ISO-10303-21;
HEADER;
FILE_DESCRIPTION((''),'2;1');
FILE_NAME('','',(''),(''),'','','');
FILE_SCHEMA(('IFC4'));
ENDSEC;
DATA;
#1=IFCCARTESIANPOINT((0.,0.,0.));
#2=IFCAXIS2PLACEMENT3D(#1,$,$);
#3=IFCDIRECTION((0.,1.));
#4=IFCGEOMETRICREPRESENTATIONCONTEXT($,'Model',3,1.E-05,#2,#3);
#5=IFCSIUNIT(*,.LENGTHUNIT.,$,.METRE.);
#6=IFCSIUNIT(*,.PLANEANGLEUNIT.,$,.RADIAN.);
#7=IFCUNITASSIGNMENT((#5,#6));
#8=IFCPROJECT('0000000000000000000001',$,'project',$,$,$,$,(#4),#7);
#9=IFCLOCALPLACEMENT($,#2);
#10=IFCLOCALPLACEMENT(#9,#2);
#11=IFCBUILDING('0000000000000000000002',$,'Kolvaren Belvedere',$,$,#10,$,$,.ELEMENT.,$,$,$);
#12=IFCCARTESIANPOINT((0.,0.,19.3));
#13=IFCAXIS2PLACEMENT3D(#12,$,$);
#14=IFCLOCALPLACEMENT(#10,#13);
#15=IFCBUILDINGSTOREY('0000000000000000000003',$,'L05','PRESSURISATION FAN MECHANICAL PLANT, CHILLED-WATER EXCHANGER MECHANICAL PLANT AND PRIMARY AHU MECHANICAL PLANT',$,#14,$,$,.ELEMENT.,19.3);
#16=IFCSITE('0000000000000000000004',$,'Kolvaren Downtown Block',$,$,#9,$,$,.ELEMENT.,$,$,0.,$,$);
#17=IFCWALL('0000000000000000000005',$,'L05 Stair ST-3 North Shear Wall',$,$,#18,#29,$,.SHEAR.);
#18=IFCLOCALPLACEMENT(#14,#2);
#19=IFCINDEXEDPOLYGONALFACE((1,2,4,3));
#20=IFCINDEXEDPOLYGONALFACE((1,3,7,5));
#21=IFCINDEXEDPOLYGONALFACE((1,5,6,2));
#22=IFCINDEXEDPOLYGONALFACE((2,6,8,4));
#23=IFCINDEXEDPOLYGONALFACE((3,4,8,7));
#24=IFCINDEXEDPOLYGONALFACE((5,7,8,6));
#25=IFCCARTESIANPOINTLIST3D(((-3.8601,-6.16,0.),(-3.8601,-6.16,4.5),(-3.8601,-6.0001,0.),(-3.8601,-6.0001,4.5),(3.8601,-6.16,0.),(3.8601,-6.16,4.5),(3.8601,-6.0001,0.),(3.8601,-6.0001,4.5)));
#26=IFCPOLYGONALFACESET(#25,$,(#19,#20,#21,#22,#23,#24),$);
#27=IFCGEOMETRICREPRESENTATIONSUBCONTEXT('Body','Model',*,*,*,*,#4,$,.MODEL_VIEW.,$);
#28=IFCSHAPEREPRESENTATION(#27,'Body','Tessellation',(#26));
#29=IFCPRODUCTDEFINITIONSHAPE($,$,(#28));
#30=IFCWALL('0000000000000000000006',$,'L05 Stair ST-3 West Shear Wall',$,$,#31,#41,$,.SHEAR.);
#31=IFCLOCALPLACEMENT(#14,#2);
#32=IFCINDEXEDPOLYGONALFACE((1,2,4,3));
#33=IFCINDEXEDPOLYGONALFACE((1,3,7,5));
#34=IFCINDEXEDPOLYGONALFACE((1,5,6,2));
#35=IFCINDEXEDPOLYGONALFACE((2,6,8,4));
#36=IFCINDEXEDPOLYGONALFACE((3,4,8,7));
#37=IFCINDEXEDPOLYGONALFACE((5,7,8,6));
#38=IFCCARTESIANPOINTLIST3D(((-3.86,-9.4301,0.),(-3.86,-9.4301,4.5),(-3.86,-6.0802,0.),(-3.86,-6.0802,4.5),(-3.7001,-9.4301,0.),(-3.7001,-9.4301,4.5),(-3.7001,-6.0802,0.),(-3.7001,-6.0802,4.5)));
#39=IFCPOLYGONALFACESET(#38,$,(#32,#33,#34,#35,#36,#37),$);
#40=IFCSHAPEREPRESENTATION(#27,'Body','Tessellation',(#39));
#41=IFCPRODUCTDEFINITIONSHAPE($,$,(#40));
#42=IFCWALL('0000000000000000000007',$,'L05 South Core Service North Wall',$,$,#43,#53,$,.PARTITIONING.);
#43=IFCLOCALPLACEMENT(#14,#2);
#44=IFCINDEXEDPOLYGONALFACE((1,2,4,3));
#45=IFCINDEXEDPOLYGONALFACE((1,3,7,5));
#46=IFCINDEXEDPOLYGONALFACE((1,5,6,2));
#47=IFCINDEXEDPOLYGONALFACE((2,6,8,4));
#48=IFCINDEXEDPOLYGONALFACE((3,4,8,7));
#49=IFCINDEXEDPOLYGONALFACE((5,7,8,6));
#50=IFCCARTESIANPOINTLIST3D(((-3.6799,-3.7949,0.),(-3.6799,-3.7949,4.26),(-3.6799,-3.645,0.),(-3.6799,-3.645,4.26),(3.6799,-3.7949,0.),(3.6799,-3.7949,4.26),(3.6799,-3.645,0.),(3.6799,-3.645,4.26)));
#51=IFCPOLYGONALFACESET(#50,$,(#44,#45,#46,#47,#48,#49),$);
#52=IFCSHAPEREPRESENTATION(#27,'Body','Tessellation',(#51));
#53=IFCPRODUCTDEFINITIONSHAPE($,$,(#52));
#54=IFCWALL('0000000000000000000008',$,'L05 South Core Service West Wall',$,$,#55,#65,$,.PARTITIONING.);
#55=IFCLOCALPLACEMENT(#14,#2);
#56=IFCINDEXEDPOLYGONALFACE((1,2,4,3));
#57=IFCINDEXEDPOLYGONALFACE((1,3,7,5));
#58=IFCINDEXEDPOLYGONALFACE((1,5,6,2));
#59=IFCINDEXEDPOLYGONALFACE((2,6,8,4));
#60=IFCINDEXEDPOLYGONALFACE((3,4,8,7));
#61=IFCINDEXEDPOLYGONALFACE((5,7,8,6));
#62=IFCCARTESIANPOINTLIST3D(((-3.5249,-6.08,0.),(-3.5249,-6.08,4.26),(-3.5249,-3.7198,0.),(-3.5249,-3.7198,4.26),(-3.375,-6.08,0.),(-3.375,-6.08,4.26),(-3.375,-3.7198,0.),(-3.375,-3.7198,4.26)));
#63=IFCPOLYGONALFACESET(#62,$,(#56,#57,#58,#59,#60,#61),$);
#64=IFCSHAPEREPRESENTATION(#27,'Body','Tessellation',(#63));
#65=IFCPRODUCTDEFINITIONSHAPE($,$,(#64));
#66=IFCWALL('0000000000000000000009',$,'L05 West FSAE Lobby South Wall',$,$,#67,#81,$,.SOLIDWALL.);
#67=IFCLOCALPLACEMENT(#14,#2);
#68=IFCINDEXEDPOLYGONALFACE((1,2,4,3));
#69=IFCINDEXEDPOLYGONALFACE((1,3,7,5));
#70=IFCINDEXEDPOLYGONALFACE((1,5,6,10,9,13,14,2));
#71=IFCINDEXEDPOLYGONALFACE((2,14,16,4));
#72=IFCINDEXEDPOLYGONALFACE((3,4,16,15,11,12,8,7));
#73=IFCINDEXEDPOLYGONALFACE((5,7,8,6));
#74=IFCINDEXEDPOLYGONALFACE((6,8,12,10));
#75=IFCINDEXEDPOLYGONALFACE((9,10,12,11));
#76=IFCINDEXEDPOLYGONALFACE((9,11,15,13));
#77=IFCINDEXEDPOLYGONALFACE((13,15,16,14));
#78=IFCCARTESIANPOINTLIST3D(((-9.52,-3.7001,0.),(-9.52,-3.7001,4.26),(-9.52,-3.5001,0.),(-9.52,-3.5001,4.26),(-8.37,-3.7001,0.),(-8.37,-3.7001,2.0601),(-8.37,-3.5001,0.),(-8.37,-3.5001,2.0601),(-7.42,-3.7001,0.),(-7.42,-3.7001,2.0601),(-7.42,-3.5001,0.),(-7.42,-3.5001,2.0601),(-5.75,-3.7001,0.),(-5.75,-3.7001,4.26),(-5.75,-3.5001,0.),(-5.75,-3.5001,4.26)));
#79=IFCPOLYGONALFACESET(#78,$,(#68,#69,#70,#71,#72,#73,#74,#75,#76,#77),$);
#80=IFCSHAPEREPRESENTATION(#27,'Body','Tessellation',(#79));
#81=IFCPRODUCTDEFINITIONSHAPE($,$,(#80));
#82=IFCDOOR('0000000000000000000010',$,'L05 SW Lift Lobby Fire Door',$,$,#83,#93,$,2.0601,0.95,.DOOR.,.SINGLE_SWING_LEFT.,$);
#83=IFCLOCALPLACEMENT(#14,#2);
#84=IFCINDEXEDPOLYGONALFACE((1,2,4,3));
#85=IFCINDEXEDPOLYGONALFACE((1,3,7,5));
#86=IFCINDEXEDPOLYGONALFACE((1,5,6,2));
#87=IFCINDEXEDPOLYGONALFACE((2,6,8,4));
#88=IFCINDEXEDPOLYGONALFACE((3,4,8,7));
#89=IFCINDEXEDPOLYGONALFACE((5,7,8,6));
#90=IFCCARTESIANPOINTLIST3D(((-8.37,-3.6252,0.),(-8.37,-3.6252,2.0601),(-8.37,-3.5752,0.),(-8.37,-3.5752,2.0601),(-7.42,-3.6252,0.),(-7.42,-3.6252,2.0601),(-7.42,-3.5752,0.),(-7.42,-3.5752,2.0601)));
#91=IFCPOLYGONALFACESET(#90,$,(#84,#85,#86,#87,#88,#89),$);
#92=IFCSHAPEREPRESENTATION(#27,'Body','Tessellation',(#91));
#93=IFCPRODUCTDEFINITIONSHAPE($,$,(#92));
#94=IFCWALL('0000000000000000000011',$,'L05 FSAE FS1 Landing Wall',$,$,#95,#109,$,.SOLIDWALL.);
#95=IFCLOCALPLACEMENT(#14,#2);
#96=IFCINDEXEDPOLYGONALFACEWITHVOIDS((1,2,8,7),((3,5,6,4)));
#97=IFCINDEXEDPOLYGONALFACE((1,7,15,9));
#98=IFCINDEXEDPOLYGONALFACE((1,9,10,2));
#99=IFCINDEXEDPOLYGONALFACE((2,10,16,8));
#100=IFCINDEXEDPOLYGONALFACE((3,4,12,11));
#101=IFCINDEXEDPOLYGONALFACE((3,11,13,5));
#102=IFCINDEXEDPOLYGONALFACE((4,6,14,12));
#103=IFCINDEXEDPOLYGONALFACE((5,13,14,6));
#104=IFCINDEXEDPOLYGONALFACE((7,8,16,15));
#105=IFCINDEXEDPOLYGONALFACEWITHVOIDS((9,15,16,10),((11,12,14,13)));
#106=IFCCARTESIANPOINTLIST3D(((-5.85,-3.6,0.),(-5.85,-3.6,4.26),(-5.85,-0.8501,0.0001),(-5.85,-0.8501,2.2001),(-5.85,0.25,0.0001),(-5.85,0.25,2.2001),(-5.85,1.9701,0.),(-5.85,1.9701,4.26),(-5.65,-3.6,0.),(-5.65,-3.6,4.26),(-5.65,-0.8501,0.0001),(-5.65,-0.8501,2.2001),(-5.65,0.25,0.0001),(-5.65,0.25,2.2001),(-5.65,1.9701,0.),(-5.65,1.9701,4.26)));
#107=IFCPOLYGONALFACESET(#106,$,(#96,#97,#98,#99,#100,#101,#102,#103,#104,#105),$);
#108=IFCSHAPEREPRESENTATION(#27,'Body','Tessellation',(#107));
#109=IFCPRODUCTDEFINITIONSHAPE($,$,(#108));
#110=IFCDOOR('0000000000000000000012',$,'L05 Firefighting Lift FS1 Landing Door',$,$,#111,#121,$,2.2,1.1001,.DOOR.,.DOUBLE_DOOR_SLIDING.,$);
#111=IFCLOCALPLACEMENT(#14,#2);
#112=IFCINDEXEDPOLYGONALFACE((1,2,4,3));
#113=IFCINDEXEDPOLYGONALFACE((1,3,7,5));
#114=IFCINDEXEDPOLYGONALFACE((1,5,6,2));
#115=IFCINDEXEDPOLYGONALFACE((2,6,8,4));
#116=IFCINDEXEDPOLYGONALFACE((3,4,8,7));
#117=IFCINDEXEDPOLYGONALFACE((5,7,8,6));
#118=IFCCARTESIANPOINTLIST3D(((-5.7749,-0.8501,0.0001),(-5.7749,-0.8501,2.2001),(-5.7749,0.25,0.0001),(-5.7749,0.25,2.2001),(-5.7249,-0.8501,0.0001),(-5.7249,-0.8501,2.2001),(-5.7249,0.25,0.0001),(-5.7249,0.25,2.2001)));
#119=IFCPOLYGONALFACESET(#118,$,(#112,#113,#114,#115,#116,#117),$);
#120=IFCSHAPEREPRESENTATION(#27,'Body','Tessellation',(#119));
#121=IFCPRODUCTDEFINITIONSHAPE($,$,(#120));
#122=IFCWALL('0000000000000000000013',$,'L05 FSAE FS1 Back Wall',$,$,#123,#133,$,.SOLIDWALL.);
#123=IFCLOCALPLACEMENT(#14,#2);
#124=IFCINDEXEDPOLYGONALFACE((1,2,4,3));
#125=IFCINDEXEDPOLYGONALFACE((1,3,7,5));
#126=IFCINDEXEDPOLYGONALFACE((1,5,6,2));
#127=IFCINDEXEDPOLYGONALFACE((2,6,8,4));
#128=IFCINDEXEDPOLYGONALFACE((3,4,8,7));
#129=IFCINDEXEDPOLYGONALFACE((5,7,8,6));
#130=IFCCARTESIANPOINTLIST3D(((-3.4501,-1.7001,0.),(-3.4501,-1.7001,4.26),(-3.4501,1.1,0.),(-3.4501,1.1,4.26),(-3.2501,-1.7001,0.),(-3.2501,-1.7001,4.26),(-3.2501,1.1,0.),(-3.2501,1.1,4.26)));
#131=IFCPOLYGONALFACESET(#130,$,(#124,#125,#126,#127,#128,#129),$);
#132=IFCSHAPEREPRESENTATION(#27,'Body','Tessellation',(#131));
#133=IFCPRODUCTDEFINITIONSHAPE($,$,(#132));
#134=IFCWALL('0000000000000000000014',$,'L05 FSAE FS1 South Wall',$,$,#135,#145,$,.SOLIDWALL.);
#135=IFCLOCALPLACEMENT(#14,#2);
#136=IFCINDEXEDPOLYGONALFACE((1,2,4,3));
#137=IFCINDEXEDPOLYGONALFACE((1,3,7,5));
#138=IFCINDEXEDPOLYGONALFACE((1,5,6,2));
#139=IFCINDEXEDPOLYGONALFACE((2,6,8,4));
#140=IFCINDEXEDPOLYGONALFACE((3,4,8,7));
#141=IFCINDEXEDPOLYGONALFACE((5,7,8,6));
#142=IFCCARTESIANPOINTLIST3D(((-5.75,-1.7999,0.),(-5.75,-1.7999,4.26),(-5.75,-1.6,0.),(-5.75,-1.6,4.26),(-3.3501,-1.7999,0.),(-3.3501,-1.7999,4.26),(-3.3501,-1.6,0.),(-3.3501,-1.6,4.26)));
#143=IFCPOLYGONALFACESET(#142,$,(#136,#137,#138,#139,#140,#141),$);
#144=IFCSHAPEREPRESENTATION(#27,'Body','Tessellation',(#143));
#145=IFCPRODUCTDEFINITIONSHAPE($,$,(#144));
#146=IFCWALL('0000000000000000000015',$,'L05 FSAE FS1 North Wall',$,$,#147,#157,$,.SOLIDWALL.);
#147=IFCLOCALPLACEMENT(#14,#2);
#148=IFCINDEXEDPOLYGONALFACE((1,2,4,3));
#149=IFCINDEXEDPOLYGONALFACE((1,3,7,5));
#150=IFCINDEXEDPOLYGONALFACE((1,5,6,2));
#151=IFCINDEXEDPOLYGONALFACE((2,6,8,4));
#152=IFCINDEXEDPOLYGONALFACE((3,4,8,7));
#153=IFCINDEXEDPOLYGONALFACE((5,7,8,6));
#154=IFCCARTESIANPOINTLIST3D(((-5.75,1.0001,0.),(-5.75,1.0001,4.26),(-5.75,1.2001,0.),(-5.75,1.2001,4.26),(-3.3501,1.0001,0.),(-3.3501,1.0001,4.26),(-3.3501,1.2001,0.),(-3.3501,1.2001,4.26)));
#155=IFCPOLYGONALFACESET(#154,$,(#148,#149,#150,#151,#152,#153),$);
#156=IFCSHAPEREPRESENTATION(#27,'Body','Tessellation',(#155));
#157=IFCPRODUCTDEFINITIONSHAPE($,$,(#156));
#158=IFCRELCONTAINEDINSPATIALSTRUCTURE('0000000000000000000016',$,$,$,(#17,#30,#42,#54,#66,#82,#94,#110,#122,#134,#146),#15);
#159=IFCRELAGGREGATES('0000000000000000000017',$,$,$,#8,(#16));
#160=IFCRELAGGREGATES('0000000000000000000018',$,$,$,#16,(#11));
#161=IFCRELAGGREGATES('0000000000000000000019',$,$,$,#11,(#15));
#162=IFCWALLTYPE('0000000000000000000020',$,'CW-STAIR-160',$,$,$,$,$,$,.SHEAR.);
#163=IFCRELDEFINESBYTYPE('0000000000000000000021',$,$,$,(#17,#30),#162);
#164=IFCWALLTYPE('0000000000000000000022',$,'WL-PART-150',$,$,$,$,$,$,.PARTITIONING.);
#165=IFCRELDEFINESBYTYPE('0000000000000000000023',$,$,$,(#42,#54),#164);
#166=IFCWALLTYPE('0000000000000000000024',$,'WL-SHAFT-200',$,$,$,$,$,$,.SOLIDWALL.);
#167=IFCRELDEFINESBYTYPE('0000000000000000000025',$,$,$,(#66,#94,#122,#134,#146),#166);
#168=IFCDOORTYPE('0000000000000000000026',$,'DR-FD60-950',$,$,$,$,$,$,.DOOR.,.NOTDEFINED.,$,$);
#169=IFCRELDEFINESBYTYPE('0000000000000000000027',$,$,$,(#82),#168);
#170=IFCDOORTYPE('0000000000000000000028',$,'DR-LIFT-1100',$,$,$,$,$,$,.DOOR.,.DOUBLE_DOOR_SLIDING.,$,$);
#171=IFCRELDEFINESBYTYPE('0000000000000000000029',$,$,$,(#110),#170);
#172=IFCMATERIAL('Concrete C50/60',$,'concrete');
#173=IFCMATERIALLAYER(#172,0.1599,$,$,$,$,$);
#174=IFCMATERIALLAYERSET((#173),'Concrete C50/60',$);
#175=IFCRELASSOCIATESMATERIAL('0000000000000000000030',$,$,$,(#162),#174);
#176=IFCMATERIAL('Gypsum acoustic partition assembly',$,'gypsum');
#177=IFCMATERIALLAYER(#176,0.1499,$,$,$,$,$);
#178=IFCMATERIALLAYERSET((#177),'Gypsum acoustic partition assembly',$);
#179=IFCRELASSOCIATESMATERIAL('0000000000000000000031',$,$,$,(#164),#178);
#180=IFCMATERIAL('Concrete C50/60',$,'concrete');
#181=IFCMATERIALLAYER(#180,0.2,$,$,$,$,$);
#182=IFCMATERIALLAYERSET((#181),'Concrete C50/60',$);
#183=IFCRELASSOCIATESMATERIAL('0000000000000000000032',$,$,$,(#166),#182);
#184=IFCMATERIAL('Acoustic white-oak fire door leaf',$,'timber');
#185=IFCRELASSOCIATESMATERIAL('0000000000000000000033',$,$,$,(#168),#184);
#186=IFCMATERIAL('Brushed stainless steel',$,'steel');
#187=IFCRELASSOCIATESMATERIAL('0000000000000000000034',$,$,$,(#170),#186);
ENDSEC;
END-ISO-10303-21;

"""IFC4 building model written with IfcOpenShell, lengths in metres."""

from ifc_helpers import new_model, si_unit, direction, frame, frame_2d, origin, place, context, subcontext, project, spatial, rectangle, extrude, material, layer, layer_set, type_object, element, fill, save


model = new_model("IFC4")

# Units and contexts
model_context = context("Model", 3, precision=1e-05, world=origin(), true_north=direction((0.0, 1.0)))
body_context = subcontext(model_context, "Body", "Model", "MODEL_VIEW")
ifc_project = project(units=[si_unit("LENGTHUNIT", "METRE"), si_unit("PLANEANGLEUNIT", "RADIAN")], contexts=[model_context])

# Site, building, storey
site_placement = place(None, origin())
site = spatial("IfcSite", under=ifc_project, at=site_placement, Name="Kolvaren Downtown Block", CompositionType="ELEMENT", RefElevation=0.0)
building_placement = place(site_placement, origin())
building = spatial("IfcBuilding", under=site, at=building_placement, Name="Kolvaren Belvedere", CompositionType="ELEMENT")
storey_placement = place(building_placement, frame((0.0, 0.0, 19.3)))
storey = spatial("IfcBuildingStorey", under=building, at=storey_placement, Name="L05", Description="PRESSURISATION FAN MECHANICAL PLANT, CHILLED-WATER EXCHANGER MECHANICAL PLANT AND PRIMARY AHU MECHANICAL PLANT", CompositionType="ELEMENT", Elevation=19.3)

# Walls
ifc_material_1 = material(Name="Concrete C50/60", Category="concrete")
ifc_layer_1 = layer(ifc_material_1, 0.1599)
ifc_layer_set_1 = layer_set([ifc_layer_1], Name="Concrete C50/60")
wall_type_1 = type_object("IfcWallType", Name="CW-STAIR-160", PredefinedType="SHEAR", material=ifc_layer_set_1)
wall_1_placement = place(storey_placement, frame((-3.8601, -6.0801, 0.0), z_axis=(0.0, 0.0, 1.0), x_axis=(1.0, 0.0, 0.0)))
element("IfcWall", 1, at=wall_1_placement, inside=storey, type_object=wall_type_1, Name="L05 Stair ST-3 North Shear Wall", PredefinedType="SHEAR", context=body_context, shape_type="SweptSolid", body=[
    extrude(rectangle(XDim=7.7202, YDim=0.1599, at=frame_2d((3.8601, 0.0))), origin(), (0.0, 0.0, 1.0), 4.5),
])
wall_2_placement = place(storey_placement, frame((-3.78, -9.4299, 0.0), z_axis=(0.0, 0.0, 1.0), x_axis=(0.0, 1.0, 0.0)))
element("IfcWall", 2, at=wall_2_placement, inside=storey, type_object=wall_type_1, Name="L05 Stair ST-3 West Shear Wall", PredefinedType="SHEAR", context=body_context, shape_type="SweptSolid", body=[
    extrude(rectangle(XDim=3.3499, YDim=0.1599, at=frame_2d((1.6748, 0.0))), origin(), (0.0, 0.0, 1.0), 4.5),
])
ifc_material_2 = material(Name="Gypsum acoustic partition assembly", Category="gypsum")
ifc_layer_2 = layer(ifc_material_2, 0.1499)
ifc_layer_set_2 = layer_set([ifc_layer_2], Name="Gypsum acoustic partition assembly")
wall_type_2 = type_object("IfcWallType", Name="WL-PART-150", PredefinedType="PARTITIONING", material=ifc_layer_set_2)
wall_3_placement = place(storey_placement, frame((-3.6799, -3.72, 0.0), z_axis=(0.0, 0.0, 1.0), x_axis=(1.0, 0.0, 0.0)))
element("IfcWall", 3, at=wall_3_placement, inside=storey, type_object=wall_type_2, Name="L05 South Core Service North Wall", PredefinedType="PARTITIONING", context=body_context, shape_type="SweptSolid", body=[
    extrude(rectangle(XDim=7.3599, YDim=0.1499, at=frame_2d((3.6799, 0.0))), origin(), (0.0, 0.0, 1.0), 4.26),
])
wall_4_placement = place(storey_placement, frame((-3.45, -6.0801, 0.0), z_axis=(0.0, 0.0, 1.0), x_axis=(0.0, 1.0, 0.0)))
element("IfcWall", 4, at=wall_4_placement, inside=storey, type_object=wall_type_2, Name="L05 South Core Service West Wall", PredefinedType="PARTITIONING", context=body_context, shape_type="SweptSolid", body=[
    extrude(rectangle(XDim=2.3601, YDim=0.1499, at=frame_2d((1.1802, 0.0))), origin(), (0.0, 0.0, 1.0), 4.26),
])

# Walls, openings, doors
ifc_material_3 = material(Name="Concrete C50/60", Category="concrete")
ifc_layer_3 = layer(ifc_material_3, 0.2)
ifc_layer_set_3 = layer_set([ifc_layer_3], Name="Concrete C50/60")
wall_type_3 = type_object("IfcWallType", Name="WL-SHAFT-200", PredefinedType="SOLIDWALL", material=ifc_layer_set_3)
wall_5_placement = place(storey_placement, frame((-9.52, -3.6001, 0.0), z_axis=(0.0, 0.0, 1.0), x_axis=(1.0, 0.0, 0.0)))
wall_5 = element("IfcWall", 5, at=wall_5_placement, inside=storey, type_object=wall_type_3, Name="L05 West FSAE Lobby South Wall", PredefinedType="SOLIDWALL", context=body_context, shape_type="SweptSolid", body=[
    extrude(rectangle(XDim=3.77, YDim=0.2, at=frame_2d((1.885, 0.0))), origin(), (0.0, 0.0, 1.0), 4.26),
])
opening_1_placement = place(wall_5_placement, frame((1.1499, 0.0, 0.0)))
opening_1 = element("IfcOpeningElement", 6, at=opening_1_placement, cuts=wall_5, PredefinedType="OPENING", context=body_context, shape_type="SweptSolid", body=[
    extrude(rectangle(XDim=0.95, YDim=2.0601, at=frame_2d((0.4751, 1.03))), frame((0.0, 0.1099, 0.0), z_axis=(0.0, -1.0, 0.0), x_axis=(1.0, 0.0, 0.0)), (0.0, 0.0, 1.0), 0.22),
])
ifc_material_4 = material(Name="Acoustic white-oak fire door leaf", Category="timber")
door_type_1 = type_object("IfcDoorType", Name="DR-FD60-950", OperationType="NOTDEFINED", PredefinedType="DOOR", material=ifc_material_4)
door_1_placement = place(opening_1_placement, origin())
door_1 = element("IfcDoor", 7, at=door_1_placement, inside=storey, type_object=door_type_1, Name="L05 SW Lift Lobby Fire Door", OperationType="SINGLE_SWING_LEFT", OverallHeight=2.0601, OverallWidth=0.95, PredefinedType="DOOR", context=body_context, shape_type="SweptSolid", body=[
    extrude(rectangle(XDim=0.95, YDim=2.0601, at=frame_2d((0.4751, 1.03))), frame((0.0, 0.0249, 0.0), z_axis=(0.0, -1.0, 0.0), x_axis=(1.0, 0.0, 0.0)), (0.0, 0.0, 1.0), 0.05),
])
fill(opening_1, door_1)
wall_6_placement = place(storey_placement, frame((-5.75, -3.6001, 0.0), z_axis=(0.0, 0.0, 1.0), x_axis=(0.0, 1.0, 0.0)))
wall_6 = element("IfcWall", 8, at=wall_6_placement, inside=storey, type_object=wall_type_3, Name="L05 FSAE FS1 Landing Wall", PredefinedType="SOLIDWALL", context=body_context, shape_type="SweptSolid", body=[
    extrude(rectangle(XDim=5.5701, YDim=0.2, at=frame_2d((2.7852, 0.0))), origin(), (0.0, 0.0, 1.0), 4.26),
])
opening_2_placement = place(wall_6_placement, frame((2.75, 0.0, 0.0)))
opening_2 = element("IfcOpeningElement", 9, at=opening_2_placement, cuts=wall_6, PredefinedType="OPENING", context=body_context, shape_type="SweptSolid", body=[
    extrude(rectangle(XDim=1.1001, YDim=2.2, at=frame_2d((0.55, 1.1001))), frame((0.0, 0.1099, 0.0), z_axis=(0.0, -1.0, 0.0), x_axis=(1.0, 0.0, 0.0)), (0.0, 0.0, 1.0), 0.22),
])
ifc_material_5 = material(Name="Brushed stainless steel", Category="steel")
door_type_2 = type_object("IfcDoorType", Name="DR-LIFT-1100", OperationType="DOUBLE_DOOR_SLIDING", PredefinedType="DOOR", material=ifc_material_5)
door_2_placement = place(opening_2_placement, origin())
door_2 = element("IfcDoor", 10, at=door_2_placement, inside=storey, type_object=door_type_2, Name="L05 Firefighting Lift FS1 Landing Door", OperationType="DOUBLE_DOOR_SLIDING", OverallHeight=2.2, OverallWidth=1.1001, PredefinedType="DOOR", context=body_context, shape_type="SweptSolid", body=[
    extrude(rectangle(XDim=1.1001, YDim=2.2, at=frame_2d((0.55, 1.1001))), frame((0.0, 0.0249, 0.0), z_axis=(0.0, -1.0, 0.0), x_axis=(1.0, 0.0, 0.0)), (0.0, 0.0, 1.0), 0.05),
])
fill(opening_2, door_2)

# Walls
wall_7_placement = place(storey_placement, frame((-3.3501, -1.7, 0.0), z_axis=(0.0, 0.0, 1.0), x_axis=(0.0, 1.0, 0.0)))
element("IfcWall", 11, at=wall_7_placement, inside=storey, type_object=wall_type_3, Name="L05 FSAE FS1 Back Wall", PredefinedType="SOLIDWALL", context=body_context, shape_type="SweptSolid", body=[
    extrude(rectangle(XDim=2.8, YDim=0.2, at=frame_2d((1.3999, 0.0))), origin(), (0.0, 0.0, 1.0), 4.26),
])
for number, where, z_axis, x_axis, name in (
    (12, (-5.75, -1.7, 0.0), (0.0, 0.0, 1.0), (1.0, 0.0, 0.0), "L05 FSAE FS1 South Wall"),
    (13, (-5.75, 1.1001, 0.0), (0.0, 0.0, 1.0), (1.0, 0.0, 0.0), "L05 FSAE FS1 North Wall"),
):
    element("IfcWall", number, at=place(storey_placement, frame(where, z_axis=z_axis, x_axis=x_axis)), inside=storey, type_object=wall_type_3, Name=name, PredefinedType="SOLIDWALL", context=body_context, shape_type="SweptSolid", body=[
        extrude(rectangle(XDim=2.3999, YDim=0.2, at=frame_2d((1.2, 0.0))), origin(), (0.0, 0.0, 1.0), 4.26),
    ])

save(model, "model.ifc")
